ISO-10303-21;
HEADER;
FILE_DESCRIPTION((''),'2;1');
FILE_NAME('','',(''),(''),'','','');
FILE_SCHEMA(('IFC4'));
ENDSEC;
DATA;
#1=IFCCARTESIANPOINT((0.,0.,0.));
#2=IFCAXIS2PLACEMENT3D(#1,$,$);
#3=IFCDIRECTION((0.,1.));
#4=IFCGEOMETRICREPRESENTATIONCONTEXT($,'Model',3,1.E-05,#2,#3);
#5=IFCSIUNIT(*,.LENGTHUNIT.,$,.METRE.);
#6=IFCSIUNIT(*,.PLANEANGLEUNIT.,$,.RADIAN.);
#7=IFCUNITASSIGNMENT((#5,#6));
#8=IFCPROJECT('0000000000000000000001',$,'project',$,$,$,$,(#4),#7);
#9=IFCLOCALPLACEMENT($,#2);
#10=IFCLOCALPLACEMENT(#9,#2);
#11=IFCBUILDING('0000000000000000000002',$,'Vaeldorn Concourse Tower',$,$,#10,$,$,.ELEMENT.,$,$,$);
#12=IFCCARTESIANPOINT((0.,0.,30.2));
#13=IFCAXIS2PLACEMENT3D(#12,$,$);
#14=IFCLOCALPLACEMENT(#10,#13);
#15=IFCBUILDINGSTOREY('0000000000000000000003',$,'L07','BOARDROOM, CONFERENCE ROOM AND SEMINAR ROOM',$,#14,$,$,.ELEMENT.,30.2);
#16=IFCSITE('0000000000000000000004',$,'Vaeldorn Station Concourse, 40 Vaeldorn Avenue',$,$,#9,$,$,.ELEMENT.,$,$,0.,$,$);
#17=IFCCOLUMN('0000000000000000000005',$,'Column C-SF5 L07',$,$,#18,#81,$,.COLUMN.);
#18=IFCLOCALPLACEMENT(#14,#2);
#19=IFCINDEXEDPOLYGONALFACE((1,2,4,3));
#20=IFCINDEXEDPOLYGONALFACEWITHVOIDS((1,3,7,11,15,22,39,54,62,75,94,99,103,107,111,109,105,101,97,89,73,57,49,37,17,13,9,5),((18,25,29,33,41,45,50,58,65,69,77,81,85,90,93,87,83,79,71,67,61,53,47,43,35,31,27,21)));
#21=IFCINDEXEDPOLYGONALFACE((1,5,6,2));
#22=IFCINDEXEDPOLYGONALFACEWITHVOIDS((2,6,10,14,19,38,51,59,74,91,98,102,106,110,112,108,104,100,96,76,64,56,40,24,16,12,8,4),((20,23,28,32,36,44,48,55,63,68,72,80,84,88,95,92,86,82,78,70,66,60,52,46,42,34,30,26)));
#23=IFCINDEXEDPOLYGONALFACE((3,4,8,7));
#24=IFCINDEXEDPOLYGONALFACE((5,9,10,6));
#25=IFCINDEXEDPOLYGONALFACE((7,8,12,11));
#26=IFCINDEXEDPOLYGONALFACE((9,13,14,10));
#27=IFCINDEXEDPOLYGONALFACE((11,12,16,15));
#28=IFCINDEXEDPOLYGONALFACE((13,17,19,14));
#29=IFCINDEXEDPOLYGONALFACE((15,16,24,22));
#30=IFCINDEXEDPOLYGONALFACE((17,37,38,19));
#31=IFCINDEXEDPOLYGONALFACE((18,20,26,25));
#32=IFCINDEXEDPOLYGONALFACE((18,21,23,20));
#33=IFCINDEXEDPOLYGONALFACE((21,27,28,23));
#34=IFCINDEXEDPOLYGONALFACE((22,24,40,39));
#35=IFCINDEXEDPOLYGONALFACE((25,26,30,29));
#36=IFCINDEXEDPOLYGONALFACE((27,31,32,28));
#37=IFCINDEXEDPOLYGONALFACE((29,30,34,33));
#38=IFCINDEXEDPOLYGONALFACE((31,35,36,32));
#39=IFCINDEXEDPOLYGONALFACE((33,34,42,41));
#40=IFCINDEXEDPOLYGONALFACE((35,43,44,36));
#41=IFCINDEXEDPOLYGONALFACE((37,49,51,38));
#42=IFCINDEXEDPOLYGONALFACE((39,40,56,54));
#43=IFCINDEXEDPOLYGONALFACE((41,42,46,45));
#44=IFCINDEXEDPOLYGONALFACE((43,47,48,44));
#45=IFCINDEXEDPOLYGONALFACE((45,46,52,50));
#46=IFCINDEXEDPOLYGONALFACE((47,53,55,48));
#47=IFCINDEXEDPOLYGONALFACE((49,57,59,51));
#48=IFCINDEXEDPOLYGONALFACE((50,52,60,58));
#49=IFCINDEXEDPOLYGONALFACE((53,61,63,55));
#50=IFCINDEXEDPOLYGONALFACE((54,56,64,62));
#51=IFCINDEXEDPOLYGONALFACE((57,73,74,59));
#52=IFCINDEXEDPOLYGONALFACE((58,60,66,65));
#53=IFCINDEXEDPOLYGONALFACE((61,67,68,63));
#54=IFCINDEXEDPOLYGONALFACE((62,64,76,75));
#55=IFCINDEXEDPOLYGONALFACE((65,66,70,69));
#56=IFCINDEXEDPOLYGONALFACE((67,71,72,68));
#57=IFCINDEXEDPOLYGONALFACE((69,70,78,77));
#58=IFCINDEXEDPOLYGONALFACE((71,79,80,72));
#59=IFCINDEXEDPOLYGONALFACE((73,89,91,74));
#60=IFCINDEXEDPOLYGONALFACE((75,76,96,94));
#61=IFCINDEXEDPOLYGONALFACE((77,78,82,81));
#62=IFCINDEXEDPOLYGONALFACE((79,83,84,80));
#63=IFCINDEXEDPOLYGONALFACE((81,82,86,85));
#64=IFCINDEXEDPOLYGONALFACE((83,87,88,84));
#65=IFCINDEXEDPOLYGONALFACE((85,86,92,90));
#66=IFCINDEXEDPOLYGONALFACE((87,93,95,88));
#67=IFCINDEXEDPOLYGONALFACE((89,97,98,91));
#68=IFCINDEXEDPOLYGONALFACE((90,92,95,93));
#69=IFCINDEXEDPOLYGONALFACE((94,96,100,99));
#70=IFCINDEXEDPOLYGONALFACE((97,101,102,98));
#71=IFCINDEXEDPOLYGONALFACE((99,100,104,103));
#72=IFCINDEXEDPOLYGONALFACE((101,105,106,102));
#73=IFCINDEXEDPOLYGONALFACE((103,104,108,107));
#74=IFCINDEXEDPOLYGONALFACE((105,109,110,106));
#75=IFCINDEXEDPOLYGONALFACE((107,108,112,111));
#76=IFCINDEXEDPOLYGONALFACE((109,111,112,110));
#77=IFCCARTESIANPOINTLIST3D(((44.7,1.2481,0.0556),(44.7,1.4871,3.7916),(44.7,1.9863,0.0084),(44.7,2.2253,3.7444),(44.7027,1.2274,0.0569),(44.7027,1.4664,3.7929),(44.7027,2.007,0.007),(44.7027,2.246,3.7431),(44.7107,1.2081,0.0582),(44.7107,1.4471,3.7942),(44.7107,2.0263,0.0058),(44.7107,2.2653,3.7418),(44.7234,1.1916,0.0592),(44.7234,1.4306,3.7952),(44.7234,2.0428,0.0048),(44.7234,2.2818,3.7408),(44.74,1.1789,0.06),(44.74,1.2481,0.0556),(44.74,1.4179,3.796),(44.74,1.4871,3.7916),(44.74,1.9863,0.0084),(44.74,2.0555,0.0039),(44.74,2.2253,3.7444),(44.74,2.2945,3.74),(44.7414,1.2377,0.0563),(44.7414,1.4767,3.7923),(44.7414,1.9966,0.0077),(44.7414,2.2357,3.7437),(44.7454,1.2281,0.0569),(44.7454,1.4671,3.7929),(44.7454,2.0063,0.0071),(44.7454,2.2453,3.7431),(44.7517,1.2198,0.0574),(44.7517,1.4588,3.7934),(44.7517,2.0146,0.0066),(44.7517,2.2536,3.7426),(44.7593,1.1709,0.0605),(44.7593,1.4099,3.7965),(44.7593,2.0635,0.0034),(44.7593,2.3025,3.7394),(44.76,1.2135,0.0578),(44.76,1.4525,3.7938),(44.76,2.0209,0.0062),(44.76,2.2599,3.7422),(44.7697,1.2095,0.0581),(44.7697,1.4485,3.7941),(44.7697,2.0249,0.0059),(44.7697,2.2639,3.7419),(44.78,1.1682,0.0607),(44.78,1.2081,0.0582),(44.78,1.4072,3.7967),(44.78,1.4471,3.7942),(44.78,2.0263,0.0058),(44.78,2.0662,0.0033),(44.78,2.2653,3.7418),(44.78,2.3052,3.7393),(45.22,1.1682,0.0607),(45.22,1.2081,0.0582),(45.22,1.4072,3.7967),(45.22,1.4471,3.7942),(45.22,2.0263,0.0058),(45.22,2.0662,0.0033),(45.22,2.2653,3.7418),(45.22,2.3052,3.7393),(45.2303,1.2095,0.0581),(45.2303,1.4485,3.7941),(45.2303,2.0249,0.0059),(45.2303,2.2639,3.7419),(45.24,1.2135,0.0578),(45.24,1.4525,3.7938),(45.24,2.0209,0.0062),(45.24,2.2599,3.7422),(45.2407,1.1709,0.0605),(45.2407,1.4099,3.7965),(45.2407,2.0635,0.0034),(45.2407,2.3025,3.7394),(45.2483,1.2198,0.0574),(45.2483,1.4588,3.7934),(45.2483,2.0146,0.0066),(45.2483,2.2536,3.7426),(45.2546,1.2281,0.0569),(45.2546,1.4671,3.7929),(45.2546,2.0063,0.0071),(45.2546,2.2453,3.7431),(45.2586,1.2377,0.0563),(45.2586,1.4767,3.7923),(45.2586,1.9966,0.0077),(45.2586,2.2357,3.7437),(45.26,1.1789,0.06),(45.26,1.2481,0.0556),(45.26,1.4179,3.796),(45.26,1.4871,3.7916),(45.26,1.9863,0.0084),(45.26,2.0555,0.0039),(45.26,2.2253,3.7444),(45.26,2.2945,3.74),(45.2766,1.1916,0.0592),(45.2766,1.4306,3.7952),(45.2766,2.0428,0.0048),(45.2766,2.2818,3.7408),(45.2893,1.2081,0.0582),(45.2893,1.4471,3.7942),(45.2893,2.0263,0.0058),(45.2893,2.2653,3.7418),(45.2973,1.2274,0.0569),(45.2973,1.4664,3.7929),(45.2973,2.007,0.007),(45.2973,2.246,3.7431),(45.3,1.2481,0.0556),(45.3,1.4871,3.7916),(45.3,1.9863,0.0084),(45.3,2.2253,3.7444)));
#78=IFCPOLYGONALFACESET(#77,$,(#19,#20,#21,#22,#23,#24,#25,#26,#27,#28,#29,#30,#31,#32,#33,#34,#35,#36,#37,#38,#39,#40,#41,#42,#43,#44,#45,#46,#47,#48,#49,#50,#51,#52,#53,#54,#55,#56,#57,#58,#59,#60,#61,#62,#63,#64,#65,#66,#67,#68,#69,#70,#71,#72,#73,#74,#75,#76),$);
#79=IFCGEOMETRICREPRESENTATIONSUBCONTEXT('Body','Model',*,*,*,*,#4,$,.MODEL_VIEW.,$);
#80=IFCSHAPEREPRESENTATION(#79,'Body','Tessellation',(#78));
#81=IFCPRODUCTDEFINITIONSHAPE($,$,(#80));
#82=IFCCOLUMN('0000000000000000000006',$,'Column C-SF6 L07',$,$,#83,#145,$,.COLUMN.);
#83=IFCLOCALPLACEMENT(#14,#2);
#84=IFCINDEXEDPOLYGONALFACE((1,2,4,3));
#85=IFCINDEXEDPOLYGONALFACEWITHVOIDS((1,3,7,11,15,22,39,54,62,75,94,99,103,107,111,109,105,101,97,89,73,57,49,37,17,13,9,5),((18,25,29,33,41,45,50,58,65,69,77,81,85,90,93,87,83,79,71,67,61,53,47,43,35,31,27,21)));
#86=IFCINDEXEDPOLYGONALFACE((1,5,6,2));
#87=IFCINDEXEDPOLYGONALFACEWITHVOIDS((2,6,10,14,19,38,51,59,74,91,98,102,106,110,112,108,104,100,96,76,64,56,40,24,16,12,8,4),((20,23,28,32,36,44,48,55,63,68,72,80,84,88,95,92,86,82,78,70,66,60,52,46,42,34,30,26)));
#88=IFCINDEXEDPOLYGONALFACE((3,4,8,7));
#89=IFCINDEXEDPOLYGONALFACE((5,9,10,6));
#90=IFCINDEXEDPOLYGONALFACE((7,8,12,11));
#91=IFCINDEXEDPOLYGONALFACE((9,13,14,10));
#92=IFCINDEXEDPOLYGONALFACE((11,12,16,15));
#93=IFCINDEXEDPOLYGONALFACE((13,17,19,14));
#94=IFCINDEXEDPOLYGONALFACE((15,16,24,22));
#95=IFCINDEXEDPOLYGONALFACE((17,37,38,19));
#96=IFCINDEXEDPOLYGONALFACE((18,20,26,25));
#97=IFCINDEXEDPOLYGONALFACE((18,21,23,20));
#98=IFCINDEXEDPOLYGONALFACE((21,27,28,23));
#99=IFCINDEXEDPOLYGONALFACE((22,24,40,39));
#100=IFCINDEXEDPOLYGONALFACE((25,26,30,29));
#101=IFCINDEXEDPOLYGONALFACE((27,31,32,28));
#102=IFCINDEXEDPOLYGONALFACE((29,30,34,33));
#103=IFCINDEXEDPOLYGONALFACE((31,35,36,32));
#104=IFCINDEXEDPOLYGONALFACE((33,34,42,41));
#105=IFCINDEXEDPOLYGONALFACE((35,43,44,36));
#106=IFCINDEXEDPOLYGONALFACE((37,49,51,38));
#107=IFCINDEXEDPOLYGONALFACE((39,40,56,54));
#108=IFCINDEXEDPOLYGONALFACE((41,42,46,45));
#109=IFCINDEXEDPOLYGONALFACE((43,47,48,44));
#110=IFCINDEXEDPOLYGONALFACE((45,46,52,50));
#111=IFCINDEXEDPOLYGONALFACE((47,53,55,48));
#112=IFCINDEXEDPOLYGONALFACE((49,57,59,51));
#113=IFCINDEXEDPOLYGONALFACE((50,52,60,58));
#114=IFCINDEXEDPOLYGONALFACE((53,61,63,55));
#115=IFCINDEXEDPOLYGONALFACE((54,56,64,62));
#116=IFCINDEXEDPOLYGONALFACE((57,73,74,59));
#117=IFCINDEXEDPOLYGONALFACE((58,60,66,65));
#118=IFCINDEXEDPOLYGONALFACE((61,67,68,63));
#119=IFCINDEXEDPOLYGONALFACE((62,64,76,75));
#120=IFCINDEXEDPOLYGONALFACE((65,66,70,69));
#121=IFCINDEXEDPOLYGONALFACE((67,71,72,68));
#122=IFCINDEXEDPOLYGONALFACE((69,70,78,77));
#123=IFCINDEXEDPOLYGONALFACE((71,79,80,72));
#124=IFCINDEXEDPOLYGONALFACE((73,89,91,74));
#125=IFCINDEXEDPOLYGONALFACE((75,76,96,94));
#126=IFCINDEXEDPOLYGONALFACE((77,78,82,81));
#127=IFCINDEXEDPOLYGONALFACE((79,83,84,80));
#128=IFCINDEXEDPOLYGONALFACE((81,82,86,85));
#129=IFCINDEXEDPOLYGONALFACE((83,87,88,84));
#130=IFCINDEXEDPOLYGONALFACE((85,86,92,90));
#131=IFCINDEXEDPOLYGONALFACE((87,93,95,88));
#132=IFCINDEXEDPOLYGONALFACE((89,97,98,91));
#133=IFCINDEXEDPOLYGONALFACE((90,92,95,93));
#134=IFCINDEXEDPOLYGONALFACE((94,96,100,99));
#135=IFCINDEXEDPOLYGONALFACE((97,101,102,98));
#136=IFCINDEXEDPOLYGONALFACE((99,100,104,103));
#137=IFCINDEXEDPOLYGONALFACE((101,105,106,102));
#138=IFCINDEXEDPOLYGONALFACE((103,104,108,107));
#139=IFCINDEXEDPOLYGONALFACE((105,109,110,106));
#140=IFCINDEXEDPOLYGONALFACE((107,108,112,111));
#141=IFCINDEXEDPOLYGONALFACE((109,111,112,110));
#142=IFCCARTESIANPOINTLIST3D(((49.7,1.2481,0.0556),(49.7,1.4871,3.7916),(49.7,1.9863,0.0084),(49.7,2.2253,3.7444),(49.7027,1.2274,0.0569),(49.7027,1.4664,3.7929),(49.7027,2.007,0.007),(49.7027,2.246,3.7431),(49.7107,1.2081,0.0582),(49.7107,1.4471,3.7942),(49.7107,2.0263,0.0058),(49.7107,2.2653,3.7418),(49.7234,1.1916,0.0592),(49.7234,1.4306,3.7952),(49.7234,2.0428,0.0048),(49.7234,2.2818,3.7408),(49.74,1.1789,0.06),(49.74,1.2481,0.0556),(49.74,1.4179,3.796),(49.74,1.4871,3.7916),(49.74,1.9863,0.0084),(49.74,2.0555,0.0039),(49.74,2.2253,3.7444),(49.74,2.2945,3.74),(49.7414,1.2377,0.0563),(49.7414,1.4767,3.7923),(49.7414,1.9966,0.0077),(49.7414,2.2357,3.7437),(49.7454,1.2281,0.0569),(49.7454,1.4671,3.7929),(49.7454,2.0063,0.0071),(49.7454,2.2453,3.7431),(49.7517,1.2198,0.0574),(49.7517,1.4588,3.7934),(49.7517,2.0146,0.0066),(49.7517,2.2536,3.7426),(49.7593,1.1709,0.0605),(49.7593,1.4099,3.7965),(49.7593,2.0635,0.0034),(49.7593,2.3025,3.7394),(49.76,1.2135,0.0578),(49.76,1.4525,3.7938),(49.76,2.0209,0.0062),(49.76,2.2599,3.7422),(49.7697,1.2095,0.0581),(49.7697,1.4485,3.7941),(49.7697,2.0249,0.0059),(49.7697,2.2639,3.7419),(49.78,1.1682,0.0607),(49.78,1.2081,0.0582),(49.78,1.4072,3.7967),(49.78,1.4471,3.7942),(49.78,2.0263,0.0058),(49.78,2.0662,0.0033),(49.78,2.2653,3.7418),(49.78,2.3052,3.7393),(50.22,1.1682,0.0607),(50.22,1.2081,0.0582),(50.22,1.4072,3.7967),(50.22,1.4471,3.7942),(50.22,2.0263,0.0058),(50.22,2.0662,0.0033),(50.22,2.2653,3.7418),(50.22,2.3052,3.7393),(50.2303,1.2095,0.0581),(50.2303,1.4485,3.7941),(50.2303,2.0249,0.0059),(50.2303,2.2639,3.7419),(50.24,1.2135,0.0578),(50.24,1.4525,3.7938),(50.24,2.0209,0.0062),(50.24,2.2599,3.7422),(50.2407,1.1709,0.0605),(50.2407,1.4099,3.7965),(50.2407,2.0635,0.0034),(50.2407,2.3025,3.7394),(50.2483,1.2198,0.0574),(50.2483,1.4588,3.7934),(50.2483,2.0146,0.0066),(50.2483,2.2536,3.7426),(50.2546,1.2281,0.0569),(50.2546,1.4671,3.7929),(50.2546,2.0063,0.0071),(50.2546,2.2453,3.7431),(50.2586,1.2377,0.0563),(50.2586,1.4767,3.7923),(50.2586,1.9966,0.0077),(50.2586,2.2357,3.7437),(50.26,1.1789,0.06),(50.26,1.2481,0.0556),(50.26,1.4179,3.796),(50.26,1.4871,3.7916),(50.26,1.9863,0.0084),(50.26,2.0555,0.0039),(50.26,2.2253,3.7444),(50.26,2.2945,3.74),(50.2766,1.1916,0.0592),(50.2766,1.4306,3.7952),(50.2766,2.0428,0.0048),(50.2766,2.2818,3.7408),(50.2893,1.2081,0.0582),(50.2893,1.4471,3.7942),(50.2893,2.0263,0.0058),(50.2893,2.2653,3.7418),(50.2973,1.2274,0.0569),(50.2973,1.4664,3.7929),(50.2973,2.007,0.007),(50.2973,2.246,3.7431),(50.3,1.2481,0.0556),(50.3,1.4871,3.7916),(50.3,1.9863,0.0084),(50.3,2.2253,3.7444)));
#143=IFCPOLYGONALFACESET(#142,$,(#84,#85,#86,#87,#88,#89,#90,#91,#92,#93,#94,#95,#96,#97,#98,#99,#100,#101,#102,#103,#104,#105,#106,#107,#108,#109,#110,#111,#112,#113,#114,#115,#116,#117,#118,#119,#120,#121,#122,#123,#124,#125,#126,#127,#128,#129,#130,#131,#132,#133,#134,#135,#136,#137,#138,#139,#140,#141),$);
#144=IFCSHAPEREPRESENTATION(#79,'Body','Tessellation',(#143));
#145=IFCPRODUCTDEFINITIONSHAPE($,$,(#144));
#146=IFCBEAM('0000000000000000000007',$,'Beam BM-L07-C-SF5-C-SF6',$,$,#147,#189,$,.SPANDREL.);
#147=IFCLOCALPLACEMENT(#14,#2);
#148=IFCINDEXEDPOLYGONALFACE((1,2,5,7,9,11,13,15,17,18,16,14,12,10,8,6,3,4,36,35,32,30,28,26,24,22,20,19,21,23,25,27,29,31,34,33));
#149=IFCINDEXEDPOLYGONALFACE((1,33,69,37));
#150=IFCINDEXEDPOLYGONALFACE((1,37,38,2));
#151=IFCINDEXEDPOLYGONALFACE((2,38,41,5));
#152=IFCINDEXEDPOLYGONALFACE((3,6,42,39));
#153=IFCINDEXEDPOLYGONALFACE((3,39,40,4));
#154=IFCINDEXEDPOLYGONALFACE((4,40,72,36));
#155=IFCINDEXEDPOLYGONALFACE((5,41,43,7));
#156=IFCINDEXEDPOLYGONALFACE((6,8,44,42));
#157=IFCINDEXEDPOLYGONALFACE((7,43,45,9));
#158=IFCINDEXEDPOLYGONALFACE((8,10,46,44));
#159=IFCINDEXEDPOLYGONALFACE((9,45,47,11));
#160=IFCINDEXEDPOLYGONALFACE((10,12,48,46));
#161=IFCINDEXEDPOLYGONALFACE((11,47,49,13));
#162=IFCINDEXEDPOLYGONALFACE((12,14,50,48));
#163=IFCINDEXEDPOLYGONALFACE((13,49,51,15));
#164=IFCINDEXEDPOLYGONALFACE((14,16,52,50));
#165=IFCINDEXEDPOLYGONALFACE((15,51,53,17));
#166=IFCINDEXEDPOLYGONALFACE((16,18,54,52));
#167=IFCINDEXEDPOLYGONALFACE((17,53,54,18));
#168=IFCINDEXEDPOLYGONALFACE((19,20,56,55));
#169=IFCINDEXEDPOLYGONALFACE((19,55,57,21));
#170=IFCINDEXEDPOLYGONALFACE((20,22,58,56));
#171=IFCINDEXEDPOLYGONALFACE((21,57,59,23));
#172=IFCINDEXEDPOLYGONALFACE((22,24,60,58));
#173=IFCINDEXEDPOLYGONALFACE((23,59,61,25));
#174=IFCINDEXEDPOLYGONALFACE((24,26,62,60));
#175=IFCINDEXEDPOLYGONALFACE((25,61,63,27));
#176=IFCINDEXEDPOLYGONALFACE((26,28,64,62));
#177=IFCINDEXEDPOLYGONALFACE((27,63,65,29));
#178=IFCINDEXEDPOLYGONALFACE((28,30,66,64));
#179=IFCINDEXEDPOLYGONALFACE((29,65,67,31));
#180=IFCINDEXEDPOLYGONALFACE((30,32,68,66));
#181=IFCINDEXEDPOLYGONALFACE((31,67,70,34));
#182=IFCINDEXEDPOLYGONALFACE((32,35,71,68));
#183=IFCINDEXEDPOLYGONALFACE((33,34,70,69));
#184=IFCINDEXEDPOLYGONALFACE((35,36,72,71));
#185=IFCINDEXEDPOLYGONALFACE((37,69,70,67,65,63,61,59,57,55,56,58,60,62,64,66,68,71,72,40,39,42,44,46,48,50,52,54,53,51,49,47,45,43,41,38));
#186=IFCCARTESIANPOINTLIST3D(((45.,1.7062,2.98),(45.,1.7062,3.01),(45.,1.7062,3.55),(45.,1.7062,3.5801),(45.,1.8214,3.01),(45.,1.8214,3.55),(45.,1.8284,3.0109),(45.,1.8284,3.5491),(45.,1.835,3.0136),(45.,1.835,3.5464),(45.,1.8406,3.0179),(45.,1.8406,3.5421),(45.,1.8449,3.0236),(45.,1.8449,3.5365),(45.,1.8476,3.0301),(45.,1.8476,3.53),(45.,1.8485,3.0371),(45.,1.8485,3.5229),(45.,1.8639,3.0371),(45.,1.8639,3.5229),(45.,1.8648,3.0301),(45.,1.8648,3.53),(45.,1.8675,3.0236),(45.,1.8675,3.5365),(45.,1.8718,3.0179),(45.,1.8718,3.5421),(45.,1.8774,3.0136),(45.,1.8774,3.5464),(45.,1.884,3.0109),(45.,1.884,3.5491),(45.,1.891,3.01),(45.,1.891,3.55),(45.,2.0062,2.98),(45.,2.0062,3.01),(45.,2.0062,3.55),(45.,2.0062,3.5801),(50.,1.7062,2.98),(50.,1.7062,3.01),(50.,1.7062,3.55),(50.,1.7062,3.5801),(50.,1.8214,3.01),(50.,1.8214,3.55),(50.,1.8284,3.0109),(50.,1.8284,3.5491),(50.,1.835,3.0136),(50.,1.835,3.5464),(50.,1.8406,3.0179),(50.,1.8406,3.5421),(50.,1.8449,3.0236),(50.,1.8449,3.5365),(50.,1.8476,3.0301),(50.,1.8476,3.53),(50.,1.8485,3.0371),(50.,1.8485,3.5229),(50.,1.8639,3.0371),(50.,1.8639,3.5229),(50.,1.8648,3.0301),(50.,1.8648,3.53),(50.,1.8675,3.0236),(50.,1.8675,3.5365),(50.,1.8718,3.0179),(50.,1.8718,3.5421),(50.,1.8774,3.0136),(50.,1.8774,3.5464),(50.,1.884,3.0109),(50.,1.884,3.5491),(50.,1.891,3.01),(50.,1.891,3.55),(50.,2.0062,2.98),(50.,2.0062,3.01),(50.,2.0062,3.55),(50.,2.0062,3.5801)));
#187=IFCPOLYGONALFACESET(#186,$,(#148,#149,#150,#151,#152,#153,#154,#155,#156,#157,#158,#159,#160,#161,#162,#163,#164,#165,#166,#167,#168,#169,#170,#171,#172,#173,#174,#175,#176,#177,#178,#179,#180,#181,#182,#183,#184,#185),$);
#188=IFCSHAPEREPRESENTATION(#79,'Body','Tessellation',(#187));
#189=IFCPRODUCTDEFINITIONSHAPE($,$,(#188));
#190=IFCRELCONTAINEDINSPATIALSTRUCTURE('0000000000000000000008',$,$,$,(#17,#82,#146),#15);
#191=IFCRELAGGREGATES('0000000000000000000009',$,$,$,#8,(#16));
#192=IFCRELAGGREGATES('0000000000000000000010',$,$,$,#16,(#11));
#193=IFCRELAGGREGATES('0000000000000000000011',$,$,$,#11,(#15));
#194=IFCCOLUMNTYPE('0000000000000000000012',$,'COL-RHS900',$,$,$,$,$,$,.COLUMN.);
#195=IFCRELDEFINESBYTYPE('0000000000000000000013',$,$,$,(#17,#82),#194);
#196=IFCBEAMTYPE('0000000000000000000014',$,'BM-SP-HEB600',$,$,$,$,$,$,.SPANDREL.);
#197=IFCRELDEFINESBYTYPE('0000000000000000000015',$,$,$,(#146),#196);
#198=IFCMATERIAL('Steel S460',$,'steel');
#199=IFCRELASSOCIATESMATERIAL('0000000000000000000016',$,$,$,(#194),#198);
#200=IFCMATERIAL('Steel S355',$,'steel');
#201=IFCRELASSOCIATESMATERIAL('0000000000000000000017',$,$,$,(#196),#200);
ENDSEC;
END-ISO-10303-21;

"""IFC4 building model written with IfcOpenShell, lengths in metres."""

from ifc_helpers import new_model, si_unit, direction, frame, origin, origin_2d, place, context, subcontext, project, spatial, hollow_rectangle, i_section, extrude, source, transform, mapped, material, material_profile, profile_set, type_object, element, save


model = new_model("IFC4")

# Units and contexts
model_context = context("Model", 3, precision=1e-05, world=origin(), true_north=direction((0.0, 1.0)))
body_context = subcontext(model_context, "Body", "Model", "MODEL_VIEW")
ifc_project = project(units=[si_unit("LENGTHUNIT", "METRE"), si_unit("PLANEANGLEUNIT", "RADIAN")], contexts=[model_context])

# Site, building, storey
site_placement = place(None, origin())
site = spatial("IfcSite", under=ifc_project, at=site_placement, Name="Vaeldorn Station Concourse, 40 Vaeldorn Avenue", CompositionType="ELEMENT", RefElevation=0.0)
building_placement = place(site_placement, origin())
building = spatial("IfcBuilding", under=site, at=building_placement, Name="Vaeldorn Concourse Tower", CompositionType="ELEMENT")
storey_placement = place(building_placement, frame((0.0, 0.0, 30.2)))
storey = spatial("IfcBuildingStorey", under=building, at=storey_placement, Name="L07", Description="BOARDROOM, CONFERENCE ROOM AND SEMINAR ROOM", CompositionType="ELEMENT", Elevation=30.2)

# Columns
ifc_material_1 = material(Name="Steel S460", Category="steel")
ifc_material_profile_1 = material_profile(ifc_material_1, hollow_rectangle(XDim=0.6001, YDim=0.8999, WallThickness=0.04, InnerFilletRadius=0.04, OuterFilletRadius=0.0801, at=origin_2d()), Name="RHS 900x600x40")
ifc_profile_set_1 = profile_set([ifc_material_profile_1], Name="Steel S460")
column_type = type_object("IfcColumnType", Name="COL-RHS900", PredefinedType="COLUMN", material=ifc_profile_set_1)
shared_shape_1 = source(origin(), body_context, "Body", "SweptSolid", [
    extrude(hollow_rectangle(XDim=0.6001, YDim=0.8999, WallThickness=0.04, InnerFilletRadius=0.04, OuterFilletRadius=0.0801, at=origin_2d()), origin(), (0.0, 0.0, 1.0), 3.7437),
])
for number, where, z_axis, x_axis, name in (
    (1, (45.0, 1.6172, 0.032), (0.0, 0.063844, 0.99796), (-1.0, 0.0, 0.0), "Column C-SF5 L07"),
    (2, (50.0, 1.6172, 0.032), (0.0, 0.063844, 0.99796), (-1.0, 0.0, 0.0), "Column C-SF6 L07"),
):
    element("IfcColumn", number, at=place(storey_placement, frame(where, z_axis=z_axis, x_axis=x_axis)), inside=storey, type_object=column_type, Name=name, PredefinedType="COLUMN", context=body_context, shape_type="MappedRepresentation", body=[
        mapped(shared_shape_1, transform((0.0, 0.0, 0.0), scale=1.0)),
    ])

# Beam
ifc_material_2 = material(Name="Steel S355", Category="steel")
ifc_material_profile_2 = material_profile(ifc_material_2, i_section(OverallWidth=0.3, OverallDepth=0.6001, WebThickness=0.0154, FlangeThickness=0.03, FilletRadius=0.0271, at=origin_2d()), Name="HEB 600")
ifc_profile_set_2 = profile_set([ifc_material_profile_2], Name="Steel S355")
beam_type_1 = type_object("IfcBeamType", Name="BM-SP-HEB600", PredefinedType="SPANDREL", material=ifc_profile_set_2)
shared_shape_2 = source(origin(), body_context, "Body", "SweptSolid", [
    extrude(i_section(OverallWidth=0.3, OverallDepth=0.6001, WebThickness=0.0154, FlangeThickness=0.03, FilletRadius=0.0271, at=origin_2d()), origin(), (0.0, 0.0, 1.0), 5.0),
])
beam_1_placement = place(storey_placement, frame((45.0, 1.8562, 3.28), z_axis=(1.0, 0.0, 0.0), x_axis=(0.0, 1.0, 0.0)))
element("IfcBeam", 3, at=beam_1_placement, inside=storey, type_object=beam_type_1, Name="Beam BM-L07-C-SF5-C-SF6", PredefinedType="SPANDREL", context=body_context, shape_type="MappedRepresentation", body=[
    mapped(shared_shape_2, transform((0.0, 0.0, 0.0), scale=1.0)),
])

save(model, "model.ifc")
